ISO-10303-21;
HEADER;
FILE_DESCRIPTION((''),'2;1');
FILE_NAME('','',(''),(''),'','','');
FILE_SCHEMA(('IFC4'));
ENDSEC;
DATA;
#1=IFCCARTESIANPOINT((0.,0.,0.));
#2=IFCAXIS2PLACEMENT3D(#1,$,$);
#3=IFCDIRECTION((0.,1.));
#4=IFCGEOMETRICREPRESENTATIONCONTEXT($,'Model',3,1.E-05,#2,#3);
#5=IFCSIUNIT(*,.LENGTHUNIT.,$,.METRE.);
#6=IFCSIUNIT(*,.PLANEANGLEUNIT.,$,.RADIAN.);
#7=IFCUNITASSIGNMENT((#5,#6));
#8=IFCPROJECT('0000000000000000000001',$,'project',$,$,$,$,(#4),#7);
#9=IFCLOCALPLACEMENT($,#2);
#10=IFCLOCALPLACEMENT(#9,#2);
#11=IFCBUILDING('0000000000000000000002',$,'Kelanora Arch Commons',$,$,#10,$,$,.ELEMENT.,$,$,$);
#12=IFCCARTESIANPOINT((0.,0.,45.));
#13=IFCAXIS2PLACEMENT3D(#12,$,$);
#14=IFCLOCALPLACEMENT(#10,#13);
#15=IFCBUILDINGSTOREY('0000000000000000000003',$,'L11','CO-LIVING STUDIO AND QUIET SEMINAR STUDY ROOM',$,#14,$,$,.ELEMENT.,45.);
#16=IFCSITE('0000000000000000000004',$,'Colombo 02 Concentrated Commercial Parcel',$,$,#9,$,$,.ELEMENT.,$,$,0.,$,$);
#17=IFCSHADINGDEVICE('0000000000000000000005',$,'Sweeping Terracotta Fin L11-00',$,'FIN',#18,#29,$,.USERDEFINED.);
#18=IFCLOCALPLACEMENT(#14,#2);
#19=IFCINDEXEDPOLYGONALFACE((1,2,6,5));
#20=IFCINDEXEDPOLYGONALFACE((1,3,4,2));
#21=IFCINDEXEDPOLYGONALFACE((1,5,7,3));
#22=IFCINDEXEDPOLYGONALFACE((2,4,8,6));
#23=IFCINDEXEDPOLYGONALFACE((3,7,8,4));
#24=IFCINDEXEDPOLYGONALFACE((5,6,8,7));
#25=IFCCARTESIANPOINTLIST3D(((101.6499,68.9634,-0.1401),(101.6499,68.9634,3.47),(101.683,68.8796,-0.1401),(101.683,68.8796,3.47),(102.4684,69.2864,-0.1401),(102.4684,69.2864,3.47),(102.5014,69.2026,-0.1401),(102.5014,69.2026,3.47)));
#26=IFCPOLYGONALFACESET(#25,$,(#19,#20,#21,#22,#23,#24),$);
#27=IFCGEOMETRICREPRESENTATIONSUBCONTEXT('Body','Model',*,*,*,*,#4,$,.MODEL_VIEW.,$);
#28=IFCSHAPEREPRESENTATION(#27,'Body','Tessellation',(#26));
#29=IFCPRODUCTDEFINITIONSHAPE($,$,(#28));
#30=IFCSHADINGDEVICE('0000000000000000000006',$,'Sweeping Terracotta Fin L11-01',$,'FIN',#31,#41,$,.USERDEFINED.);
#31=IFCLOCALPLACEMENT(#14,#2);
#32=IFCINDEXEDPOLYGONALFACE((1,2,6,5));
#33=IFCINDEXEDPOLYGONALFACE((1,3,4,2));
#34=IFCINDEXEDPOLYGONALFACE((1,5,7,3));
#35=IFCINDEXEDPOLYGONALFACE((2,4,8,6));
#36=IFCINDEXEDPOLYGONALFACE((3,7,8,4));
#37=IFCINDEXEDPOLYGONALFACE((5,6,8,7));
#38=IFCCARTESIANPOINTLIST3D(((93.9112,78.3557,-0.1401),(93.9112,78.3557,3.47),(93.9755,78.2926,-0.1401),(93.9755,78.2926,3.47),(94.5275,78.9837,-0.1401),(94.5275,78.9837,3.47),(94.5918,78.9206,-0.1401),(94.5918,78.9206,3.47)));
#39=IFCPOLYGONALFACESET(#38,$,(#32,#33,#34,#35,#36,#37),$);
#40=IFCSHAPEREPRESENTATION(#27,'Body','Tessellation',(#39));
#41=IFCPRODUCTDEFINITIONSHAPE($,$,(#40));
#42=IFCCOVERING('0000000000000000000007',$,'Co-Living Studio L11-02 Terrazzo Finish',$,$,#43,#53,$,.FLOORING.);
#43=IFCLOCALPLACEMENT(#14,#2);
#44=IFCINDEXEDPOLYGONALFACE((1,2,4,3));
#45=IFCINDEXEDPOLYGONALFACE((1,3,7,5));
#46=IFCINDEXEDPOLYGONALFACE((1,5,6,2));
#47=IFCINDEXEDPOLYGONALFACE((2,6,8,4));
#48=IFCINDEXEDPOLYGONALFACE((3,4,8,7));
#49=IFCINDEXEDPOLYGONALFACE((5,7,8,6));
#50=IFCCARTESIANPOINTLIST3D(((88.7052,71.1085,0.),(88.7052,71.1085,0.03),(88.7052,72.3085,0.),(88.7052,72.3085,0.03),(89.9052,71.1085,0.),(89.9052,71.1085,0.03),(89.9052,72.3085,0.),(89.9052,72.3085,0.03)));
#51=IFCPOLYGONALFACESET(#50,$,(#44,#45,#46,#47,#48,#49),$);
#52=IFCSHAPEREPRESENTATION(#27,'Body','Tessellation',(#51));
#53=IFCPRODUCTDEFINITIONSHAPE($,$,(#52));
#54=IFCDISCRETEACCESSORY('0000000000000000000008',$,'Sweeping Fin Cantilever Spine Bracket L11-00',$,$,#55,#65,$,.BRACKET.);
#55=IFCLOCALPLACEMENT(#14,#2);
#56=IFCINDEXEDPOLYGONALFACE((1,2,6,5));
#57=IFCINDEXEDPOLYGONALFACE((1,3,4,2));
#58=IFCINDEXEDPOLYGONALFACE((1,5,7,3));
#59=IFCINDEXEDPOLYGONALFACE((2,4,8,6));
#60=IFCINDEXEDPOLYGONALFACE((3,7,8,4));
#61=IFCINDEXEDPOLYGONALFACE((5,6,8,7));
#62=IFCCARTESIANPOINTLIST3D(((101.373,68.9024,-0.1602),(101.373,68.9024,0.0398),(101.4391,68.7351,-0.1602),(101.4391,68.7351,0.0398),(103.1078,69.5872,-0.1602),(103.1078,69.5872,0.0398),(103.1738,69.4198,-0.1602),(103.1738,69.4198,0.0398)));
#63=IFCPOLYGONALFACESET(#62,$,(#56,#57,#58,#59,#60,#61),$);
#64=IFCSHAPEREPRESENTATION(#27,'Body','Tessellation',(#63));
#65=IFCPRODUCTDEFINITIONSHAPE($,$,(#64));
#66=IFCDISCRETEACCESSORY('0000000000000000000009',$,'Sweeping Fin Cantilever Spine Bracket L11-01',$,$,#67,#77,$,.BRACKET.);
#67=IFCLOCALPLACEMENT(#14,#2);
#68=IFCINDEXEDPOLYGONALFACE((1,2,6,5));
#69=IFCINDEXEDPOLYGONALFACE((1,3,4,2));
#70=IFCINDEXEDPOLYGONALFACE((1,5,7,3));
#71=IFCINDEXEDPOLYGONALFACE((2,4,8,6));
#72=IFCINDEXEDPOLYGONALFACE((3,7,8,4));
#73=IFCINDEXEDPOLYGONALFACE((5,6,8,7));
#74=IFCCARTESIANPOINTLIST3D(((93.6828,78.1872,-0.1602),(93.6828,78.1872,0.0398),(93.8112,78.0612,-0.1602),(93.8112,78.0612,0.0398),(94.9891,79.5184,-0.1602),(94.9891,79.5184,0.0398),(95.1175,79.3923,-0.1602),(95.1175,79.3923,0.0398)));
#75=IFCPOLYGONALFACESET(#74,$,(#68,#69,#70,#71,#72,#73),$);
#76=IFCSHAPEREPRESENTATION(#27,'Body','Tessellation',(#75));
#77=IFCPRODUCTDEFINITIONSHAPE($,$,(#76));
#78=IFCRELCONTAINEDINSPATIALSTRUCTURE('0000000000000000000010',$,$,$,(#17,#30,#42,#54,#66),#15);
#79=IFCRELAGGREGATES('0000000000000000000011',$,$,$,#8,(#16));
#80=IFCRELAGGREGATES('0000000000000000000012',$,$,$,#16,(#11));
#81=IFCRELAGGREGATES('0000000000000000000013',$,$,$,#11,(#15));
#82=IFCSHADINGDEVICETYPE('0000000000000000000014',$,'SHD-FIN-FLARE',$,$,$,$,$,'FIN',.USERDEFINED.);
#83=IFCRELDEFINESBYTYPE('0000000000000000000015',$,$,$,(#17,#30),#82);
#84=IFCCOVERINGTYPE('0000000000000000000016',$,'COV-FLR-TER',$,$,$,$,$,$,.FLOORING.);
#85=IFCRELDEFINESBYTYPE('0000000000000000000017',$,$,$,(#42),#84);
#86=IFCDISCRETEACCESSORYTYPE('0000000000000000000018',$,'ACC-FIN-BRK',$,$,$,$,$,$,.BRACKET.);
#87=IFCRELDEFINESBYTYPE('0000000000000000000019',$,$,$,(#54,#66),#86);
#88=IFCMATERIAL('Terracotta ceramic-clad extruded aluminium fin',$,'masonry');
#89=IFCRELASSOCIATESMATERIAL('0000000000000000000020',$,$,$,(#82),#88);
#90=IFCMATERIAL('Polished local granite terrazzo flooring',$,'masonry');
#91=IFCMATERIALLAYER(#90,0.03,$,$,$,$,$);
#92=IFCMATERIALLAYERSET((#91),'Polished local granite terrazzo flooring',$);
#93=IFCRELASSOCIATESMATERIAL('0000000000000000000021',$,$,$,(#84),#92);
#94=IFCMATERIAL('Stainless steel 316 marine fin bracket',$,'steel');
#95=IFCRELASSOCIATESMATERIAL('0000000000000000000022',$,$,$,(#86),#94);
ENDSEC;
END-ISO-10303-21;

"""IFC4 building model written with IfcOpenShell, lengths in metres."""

from ifc_helpers import new_model, si_unit, direction, frame, origin, origin_2d, place, context, subcontext, project, spatial, rectangle, extrude, source, transform, mapped, material, layer, layer_set, type_object, element, save


model = new_model("IFC4")

# Units and contexts
model_context = context("Model", 3, precision=1e-05, world=origin(), true_north=direction((0.0, 1.0)))
body_context = subcontext(model_context, "Body", "Model", "MODEL_VIEW")
ifc_project = project(units=[si_unit("LENGTHUNIT", "METRE"), si_unit("PLANEANGLEUNIT", "RADIAN")], contexts=[model_context])

# Site, building, storey
site_placement = place(None, origin())
site = spatial("IfcSite", under=ifc_project, at=site_placement, Name="Colombo 02 Concentrated Commercial Parcel", CompositionType="ELEMENT", RefElevation=0.0)
building_placement = place(site_placement, origin())
building = spatial("IfcBuilding", under=site, at=building_placement, Name="Kelanora Arch Commons", CompositionType="ELEMENT")
storey_placement = place(building_placement, frame((0.0, 0.0, 45.0)))
storey = spatial("IfcBuildingStorey", under=building, at=storey_placement, Name="L11", Description="CO-LIVING STUDIO AND QUIET SEMINAR STUDY ROOM", CompositionType="ELEMENT", Elevation=45.0)

# Shading devices
ifc_material_1 = material(Name="Terracotta ceramic-clad extruded aluminium fin", Category="masonry")
shading_device_type = type_object("IfcShadingDeviceType", Name="SHD-FIN-FLARE", ElementType="FIN", PredefinedType="USERDEFINED", material=ifc_material_1)
shared_shape_1 = source(origin(), body_context, "Body", "SweptSolid", [
    extrude(rectangle(XDim=0.8799, YDim=0.0901, at=origin_2d()), origin(), (0.0, 0.0, 1.0), 3.6101),
])
for number, where, z_axis, x_axis, name in (
    (1, (102.0757, 69.083, -0.1401), (0.0, 0.0, 1.0), (0.930161, 0.367151, 0.0), "Sweeping Terracotta Fin L11-00"),
    (2, (94.2515, 78.6382, -0.1401), (0.0, 0.0, 1.0), (0.700411, 0.71374, 0.0), "Sweeping Terracotta Fin L11-01"),
):
    element("IfcShadingDevice", number, at=place(storey_placement, frame(where, z_axis=z_axis, x_axis=x_axis)), inside=storey, type_object=shading_device_type, Name=name, ObjectType="FIN", PredefinedType="USERDEFINED", context=body_context, shape_type="MappedRepresentation", body=[
        mapped(shared_shape_1, transform((0.0, 0.0, 0.0), scale=1.0)),
    ])

# Covering
ifc_material_2 = material(Name="Polished local granite terrazzo flooring", Category="masonry")
ifc_layer_1 = layer(ifc_material_2, 0.03)
ifc_layer_set_1 = layer_set([ifc_layer_1], Name="Polished local granite terrazzo flooring")
covering_type = type_object("IfcCoveringType", Name="COV-FLR-TER", PredefinedType="FLOORING", material=ifc_layer_set_1)
shared_shape_2 = source(origin(), body_context, "Body", "SweptSolid", [
    extrude(rectangle(XDim=1.2, YDim=1.2, at=origin_2d()), origin(), (0.0, 0.0, 1.0), 0.03),
])
covering_placement = place(storey_placement, frame((89.3052, 71.7085, 0.0), z_axis=(0.0, 0.0, 1.0), x_axis=(1.0, 0.0, 0.0)))
element("IfcCovering", 3, at=covering_placement, inside=storey, type_object=covering_type, Name="Co-Living Studio L11-02 Terrazzo Finish", PredefinedType="FLOORING", context=body_context, shape_type="MappedRepresentation", body=[
    mapped(shared_shape_2, transform((0.0, 0.0, 0.0), scale=1.0)),
])

# Discrete accessories
ifc_material_3 = material(Name="Stainless steel 316 marine fin bracket", Category="steel")
discrete_accessory_type = type_object("IfcDiscreteAccessoryType", Name="ACC-FIN-BRK", PredefinedType="BRACKET", material=ifc_material_3)
shared_shape_3 = source(origin(), body_context, "Body", "SweptSolid", [
    extrude(rectangle(XDim=1.865, YDim=0.1799, at=origin_2d()), origin(), (0.0, 0.0, 1.0), 0.2),
])
for number, where, z_axis, x_axis, name in (
    (4, (102.2734, 69.1611, -0.1602), (0.0, 0.0, 1.0), (0.930161, 0.367151, 0.0), "Sweeping Fin Cantilever Spine Bracket L11-00"),
    (5, (94.4001, 78.7898, -0.1602), (0.0, 0.0, 1.0), (0.700411, 0.71374, 0.0), "Sweeping Fin Cantilever Spine Bracket L11-01"),
):
    element("IfcDiscreteAccessory", number, at=place(storey_placement, frame(where, z_axis=z_axis, x_axis=x_axis)), inside=storey, type_object=discrete_accessory_type, Name=name, PredefinedType="BRACKET", context=body_context, shape_type="MappedRepresentation", body=[
        mapped(shared_shape_3, transform((0.0, 0.0, 0.0), scale=1.0)),
    ])

save(model, "model.ifc")
